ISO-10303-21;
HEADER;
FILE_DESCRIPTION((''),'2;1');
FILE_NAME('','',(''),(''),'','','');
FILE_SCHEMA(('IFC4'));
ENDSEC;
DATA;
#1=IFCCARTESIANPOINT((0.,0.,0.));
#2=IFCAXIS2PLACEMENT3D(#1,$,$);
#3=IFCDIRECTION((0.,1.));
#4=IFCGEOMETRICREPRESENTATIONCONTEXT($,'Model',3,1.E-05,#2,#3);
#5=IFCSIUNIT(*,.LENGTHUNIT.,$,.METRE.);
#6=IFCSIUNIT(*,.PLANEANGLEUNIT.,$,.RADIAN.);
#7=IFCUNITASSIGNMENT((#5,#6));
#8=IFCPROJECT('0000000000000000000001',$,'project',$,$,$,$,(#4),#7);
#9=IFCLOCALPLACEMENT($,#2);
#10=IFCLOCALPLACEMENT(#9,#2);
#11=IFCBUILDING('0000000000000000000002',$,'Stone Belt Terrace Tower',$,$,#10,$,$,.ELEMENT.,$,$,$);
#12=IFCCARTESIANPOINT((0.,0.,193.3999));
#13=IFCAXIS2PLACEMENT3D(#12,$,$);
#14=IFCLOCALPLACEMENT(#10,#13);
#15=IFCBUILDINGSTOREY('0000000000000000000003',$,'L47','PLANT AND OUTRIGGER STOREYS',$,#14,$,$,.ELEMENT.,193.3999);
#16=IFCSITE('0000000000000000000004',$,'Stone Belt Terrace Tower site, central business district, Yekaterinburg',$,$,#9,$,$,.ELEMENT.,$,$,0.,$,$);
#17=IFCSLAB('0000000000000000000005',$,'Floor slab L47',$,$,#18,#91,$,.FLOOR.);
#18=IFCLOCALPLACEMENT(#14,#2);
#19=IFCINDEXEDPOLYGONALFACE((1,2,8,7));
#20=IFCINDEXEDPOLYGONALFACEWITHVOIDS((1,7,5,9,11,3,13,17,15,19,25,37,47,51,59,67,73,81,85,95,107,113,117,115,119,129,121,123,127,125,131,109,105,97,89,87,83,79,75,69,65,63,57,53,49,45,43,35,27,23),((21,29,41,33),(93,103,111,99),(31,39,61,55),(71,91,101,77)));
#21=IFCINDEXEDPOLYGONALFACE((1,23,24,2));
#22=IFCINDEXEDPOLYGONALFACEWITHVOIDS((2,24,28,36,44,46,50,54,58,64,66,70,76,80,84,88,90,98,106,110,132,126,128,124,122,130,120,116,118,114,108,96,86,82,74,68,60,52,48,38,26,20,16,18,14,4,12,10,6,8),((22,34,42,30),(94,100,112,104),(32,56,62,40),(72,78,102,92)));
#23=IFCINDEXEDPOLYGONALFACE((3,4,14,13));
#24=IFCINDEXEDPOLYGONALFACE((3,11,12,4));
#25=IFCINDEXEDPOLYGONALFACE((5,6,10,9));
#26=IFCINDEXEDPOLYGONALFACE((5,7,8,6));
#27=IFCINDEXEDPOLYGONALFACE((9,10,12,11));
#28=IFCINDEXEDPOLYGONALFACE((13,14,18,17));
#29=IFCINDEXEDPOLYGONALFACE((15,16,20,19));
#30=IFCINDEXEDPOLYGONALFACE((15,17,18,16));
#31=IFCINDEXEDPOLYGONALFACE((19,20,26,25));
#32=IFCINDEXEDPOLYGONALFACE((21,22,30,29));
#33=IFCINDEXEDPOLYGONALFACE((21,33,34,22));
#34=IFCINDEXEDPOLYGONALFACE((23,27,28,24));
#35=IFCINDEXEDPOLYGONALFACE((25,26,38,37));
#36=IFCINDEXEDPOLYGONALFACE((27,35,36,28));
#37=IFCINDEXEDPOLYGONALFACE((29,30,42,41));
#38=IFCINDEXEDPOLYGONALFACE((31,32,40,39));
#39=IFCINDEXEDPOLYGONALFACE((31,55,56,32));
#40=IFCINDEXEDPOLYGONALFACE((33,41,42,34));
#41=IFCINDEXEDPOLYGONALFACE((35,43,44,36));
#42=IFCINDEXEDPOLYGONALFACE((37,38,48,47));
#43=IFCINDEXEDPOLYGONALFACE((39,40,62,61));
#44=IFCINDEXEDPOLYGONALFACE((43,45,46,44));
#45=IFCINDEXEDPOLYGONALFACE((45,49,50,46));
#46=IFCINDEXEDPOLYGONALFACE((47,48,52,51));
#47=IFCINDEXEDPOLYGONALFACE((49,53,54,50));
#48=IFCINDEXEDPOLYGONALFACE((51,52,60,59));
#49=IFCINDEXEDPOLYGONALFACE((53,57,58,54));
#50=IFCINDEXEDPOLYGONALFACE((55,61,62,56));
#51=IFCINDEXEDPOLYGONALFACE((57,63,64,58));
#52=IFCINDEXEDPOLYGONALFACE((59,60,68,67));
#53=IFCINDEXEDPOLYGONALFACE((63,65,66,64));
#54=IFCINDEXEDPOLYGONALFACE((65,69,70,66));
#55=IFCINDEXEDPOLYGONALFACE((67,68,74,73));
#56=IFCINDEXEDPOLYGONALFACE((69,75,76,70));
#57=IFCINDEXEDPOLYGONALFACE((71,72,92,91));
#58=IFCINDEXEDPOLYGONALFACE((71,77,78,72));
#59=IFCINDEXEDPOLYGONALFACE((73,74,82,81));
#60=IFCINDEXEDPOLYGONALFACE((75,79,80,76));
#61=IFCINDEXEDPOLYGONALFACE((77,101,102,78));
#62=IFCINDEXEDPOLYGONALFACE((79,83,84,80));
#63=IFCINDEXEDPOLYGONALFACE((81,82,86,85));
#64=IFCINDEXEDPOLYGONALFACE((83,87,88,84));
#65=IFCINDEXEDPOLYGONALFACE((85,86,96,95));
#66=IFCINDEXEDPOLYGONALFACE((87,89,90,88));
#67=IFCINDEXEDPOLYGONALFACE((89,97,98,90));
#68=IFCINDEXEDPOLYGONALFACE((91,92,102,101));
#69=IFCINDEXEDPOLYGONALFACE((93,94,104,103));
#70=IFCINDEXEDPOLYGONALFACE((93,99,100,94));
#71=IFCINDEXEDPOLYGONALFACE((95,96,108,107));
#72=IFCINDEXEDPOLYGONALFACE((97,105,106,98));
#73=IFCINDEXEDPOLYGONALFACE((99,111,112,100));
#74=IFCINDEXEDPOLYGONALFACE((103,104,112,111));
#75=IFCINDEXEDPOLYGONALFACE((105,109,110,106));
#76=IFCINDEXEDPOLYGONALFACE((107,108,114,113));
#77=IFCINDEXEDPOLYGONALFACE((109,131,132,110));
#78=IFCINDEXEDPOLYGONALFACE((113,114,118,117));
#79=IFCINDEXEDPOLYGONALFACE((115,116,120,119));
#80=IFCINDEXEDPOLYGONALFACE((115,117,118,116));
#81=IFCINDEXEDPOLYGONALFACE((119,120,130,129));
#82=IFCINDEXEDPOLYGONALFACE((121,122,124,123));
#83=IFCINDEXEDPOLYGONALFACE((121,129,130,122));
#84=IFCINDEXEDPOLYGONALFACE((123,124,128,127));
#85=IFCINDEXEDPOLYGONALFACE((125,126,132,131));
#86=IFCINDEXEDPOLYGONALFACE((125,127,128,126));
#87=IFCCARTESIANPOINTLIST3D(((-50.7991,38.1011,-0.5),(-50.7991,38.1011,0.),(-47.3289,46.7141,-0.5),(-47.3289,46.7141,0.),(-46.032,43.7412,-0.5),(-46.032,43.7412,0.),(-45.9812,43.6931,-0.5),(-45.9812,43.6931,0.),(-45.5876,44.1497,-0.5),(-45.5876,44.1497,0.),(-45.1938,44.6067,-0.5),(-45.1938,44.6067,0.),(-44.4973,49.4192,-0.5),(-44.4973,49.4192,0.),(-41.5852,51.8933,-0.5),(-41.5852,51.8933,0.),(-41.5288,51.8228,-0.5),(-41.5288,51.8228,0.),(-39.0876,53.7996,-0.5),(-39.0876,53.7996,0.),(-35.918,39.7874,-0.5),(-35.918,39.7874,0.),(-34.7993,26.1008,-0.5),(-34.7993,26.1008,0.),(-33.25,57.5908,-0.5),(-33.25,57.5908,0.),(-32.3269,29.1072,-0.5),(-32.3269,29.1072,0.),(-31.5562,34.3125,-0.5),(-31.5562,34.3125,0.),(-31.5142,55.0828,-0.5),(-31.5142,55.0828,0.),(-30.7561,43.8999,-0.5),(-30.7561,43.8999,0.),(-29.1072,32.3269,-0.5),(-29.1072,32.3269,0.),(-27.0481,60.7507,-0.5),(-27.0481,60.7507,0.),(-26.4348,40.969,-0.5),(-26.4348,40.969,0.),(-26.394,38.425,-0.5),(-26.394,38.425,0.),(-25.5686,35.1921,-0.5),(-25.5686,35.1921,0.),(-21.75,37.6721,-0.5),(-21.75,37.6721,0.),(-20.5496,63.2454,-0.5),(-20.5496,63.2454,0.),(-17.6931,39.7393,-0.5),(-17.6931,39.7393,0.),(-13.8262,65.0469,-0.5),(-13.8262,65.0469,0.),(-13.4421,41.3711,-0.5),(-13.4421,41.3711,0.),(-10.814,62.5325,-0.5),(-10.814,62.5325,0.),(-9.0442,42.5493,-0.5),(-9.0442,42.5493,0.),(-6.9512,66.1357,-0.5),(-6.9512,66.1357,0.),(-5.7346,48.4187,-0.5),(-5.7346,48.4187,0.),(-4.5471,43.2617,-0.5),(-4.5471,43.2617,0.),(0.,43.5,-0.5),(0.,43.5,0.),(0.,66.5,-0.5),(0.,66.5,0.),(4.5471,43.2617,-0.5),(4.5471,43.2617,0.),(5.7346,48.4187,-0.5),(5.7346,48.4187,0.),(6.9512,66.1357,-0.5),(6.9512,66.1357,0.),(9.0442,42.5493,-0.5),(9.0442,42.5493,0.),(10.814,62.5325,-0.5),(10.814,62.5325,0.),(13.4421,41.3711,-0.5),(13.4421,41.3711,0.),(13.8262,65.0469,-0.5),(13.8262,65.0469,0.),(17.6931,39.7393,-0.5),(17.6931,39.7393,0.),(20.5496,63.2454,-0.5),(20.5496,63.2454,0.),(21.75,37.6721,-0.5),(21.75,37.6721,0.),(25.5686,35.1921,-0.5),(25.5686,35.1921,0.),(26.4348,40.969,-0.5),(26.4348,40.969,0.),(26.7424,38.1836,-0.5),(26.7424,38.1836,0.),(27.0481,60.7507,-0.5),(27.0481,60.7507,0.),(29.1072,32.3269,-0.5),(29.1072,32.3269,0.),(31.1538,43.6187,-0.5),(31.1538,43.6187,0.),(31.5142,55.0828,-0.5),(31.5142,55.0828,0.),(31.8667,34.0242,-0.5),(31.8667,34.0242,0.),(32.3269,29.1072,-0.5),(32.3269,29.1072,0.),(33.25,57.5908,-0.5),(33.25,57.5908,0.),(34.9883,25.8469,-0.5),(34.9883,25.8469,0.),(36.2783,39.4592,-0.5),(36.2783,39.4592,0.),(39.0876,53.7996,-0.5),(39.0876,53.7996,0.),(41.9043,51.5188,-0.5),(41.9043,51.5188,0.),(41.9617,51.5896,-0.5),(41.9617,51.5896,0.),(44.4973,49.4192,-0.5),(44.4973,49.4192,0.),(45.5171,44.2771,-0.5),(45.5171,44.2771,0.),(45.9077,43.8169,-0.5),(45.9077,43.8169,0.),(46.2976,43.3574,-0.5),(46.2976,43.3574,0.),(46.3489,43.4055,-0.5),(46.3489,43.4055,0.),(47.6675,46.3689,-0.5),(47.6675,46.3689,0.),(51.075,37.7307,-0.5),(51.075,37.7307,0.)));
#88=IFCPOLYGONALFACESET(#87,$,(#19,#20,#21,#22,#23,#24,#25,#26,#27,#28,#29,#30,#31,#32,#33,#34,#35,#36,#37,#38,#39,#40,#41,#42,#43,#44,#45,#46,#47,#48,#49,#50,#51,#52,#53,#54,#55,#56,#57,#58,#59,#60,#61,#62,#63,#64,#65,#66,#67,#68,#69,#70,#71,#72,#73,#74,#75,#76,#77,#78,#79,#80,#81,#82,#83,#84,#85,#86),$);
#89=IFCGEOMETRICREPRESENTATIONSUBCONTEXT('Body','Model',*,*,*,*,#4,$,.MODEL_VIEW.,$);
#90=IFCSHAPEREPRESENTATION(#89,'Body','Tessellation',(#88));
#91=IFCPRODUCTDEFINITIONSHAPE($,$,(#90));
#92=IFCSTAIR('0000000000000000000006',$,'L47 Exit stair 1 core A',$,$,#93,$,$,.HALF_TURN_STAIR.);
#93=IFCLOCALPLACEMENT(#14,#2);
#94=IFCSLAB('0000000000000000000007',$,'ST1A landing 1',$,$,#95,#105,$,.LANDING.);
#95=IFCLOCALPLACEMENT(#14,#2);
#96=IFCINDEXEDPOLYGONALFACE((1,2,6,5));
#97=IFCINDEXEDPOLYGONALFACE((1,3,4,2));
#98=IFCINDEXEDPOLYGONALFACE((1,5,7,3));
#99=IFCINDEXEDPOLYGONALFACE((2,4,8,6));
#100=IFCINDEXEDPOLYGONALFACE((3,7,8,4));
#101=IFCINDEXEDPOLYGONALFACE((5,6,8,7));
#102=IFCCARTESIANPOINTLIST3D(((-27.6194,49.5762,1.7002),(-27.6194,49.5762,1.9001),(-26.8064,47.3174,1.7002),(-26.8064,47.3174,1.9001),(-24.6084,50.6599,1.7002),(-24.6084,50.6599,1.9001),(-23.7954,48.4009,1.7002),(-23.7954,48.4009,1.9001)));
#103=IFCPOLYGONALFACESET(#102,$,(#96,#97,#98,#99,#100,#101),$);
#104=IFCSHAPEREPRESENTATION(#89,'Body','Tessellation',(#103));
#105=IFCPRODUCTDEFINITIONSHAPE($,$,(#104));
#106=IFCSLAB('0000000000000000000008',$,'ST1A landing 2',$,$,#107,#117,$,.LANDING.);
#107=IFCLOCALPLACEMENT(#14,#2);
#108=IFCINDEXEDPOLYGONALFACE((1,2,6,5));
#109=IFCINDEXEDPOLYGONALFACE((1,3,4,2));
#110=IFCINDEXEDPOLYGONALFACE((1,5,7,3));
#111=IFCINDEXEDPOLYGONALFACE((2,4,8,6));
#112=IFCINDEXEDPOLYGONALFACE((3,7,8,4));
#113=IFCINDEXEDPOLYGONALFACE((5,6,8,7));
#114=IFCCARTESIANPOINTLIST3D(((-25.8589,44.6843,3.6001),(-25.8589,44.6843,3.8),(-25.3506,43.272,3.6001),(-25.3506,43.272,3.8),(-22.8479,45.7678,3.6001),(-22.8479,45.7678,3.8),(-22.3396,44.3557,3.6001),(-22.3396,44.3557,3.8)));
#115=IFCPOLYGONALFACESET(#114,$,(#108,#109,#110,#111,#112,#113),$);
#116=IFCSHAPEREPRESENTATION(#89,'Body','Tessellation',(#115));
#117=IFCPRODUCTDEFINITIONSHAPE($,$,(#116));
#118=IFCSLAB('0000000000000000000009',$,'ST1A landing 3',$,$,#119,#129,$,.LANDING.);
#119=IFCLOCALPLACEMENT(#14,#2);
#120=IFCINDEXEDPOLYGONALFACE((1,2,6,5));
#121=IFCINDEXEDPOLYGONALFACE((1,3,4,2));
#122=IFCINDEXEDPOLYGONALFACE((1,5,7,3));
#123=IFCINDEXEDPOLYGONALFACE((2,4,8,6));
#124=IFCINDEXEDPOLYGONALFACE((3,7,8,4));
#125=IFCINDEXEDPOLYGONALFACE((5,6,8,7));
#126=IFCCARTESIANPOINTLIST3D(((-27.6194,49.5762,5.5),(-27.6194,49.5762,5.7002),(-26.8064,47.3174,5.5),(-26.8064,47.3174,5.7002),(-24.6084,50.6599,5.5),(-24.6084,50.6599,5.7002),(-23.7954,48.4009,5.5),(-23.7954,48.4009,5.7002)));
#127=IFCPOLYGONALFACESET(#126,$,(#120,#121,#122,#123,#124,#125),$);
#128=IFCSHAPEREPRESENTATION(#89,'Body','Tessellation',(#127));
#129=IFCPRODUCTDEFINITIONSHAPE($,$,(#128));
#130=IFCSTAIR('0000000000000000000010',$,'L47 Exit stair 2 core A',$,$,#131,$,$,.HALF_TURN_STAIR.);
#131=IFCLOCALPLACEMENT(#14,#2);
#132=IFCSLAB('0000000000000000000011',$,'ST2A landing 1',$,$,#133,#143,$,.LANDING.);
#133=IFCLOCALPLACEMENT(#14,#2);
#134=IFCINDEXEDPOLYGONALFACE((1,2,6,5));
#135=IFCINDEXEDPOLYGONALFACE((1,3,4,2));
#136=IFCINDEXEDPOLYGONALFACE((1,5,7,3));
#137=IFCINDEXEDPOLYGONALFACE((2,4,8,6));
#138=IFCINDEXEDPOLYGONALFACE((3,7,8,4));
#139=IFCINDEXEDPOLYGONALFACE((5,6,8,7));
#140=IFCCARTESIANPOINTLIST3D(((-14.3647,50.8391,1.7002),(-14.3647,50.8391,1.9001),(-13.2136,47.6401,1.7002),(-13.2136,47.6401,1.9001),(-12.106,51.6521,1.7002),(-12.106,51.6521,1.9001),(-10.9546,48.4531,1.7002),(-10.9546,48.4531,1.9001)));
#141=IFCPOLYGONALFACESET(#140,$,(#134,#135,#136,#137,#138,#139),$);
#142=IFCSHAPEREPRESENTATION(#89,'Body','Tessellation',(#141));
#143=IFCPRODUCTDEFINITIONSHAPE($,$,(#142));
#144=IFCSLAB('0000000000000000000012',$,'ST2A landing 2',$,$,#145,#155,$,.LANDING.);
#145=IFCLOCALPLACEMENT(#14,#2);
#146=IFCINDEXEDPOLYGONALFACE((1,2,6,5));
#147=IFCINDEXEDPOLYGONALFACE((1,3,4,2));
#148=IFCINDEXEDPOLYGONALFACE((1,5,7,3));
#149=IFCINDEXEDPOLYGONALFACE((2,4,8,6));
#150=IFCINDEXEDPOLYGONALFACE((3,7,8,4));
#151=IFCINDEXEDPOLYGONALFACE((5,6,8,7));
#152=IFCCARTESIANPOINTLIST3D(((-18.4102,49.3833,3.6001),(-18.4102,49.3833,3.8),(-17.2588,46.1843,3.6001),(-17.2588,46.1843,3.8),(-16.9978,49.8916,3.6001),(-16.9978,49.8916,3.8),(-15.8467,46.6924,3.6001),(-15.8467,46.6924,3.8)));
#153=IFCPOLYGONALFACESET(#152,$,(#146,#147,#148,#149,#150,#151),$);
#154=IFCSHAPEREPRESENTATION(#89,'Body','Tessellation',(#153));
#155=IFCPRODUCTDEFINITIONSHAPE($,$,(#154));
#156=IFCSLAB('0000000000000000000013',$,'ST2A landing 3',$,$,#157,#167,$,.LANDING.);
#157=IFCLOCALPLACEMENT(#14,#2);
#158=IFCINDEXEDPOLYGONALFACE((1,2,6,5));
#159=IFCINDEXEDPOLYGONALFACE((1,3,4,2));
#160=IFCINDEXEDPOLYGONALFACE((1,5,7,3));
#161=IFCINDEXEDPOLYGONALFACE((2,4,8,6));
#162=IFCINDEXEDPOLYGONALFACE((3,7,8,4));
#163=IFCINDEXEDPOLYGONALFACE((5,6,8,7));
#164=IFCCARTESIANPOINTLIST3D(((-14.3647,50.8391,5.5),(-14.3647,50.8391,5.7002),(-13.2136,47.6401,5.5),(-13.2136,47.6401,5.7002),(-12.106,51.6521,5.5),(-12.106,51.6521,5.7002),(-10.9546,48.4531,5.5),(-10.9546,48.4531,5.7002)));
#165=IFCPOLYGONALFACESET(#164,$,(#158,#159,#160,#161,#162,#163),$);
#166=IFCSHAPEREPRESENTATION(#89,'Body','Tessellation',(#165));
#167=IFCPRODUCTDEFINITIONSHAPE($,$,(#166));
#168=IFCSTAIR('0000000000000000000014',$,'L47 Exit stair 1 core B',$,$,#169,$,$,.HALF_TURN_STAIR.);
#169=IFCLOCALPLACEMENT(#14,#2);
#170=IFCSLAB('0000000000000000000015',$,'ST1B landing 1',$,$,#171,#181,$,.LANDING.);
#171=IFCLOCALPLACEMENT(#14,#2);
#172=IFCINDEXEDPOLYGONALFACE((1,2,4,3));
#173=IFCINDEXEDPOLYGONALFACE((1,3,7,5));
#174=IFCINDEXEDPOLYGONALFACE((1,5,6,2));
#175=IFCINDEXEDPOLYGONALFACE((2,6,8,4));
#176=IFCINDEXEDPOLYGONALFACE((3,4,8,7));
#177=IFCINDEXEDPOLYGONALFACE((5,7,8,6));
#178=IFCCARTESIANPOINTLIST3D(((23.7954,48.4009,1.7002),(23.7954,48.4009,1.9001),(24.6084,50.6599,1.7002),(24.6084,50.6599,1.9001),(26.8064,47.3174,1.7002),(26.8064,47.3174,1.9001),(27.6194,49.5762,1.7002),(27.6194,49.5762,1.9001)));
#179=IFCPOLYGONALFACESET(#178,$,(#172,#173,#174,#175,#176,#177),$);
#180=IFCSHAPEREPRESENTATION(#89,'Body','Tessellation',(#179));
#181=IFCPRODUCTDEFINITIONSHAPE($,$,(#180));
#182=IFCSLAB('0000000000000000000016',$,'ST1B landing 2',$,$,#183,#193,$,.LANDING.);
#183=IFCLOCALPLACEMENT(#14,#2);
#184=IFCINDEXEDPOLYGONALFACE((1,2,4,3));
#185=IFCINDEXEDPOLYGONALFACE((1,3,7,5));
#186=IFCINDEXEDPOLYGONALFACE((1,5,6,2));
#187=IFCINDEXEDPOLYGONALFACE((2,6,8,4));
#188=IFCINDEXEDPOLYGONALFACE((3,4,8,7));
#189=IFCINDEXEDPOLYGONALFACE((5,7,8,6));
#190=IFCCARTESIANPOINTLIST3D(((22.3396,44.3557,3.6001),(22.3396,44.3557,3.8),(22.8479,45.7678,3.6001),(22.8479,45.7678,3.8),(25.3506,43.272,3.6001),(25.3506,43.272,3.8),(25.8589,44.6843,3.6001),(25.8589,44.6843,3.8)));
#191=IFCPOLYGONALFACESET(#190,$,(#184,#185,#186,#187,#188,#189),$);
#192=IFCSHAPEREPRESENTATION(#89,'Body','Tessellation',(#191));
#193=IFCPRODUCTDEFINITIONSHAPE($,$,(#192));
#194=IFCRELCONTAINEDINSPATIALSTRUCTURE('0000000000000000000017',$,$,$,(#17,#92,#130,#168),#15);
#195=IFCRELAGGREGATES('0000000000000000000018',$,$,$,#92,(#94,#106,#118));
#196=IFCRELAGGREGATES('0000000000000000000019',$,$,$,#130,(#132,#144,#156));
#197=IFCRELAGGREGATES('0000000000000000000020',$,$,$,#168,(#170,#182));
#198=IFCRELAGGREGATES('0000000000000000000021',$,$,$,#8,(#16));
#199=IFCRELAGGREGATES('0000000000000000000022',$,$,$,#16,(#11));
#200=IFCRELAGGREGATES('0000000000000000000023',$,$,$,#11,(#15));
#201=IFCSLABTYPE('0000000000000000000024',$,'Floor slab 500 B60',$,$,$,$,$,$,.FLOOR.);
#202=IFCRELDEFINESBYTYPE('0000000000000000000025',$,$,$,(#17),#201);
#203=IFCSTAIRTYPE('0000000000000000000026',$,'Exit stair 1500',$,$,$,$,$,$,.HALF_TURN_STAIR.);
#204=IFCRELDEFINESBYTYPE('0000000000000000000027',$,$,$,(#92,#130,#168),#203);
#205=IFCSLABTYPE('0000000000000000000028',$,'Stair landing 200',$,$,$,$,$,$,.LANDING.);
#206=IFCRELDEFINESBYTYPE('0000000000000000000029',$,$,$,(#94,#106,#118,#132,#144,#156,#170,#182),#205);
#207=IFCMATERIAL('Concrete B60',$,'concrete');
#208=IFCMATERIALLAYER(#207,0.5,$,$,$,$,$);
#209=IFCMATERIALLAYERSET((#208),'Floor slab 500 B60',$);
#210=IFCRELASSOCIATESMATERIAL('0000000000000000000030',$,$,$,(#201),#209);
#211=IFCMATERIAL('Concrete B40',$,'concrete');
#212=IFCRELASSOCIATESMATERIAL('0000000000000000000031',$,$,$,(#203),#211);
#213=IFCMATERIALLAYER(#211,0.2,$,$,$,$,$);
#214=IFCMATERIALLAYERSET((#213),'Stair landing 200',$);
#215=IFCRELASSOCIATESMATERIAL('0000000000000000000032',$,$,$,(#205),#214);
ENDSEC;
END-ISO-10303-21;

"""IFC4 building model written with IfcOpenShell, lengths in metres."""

from ifc_helpers import new_model, si_unit, direction, frame, origin, place, context, subcontext, project, spatial, polyline, outline, extrude, material, layer, layer_set, type_object, element, aggregate, save


model = new_model("IFC4")

# Units and contexts
model_context = context("Model", 3, precision=1e-05, world=origin(), true_north=direction((0.0, 1.0)))
body_context = subcontext(model_context, "Body", "Model", "MODEL_VIEW")
ifc_project = project(units=[si_unit("LENGTHUNIT", "METRE"), si_unit("PLANEANGLEUNIT", "RADIAN")], contexts=[model_context])

# Site, building, storey
site_placement = place(None, origin())
site = spatial("IfcSite", under=ifc_project, at=site_placement, Name="Stone Belt Terrace Tower site, central business district, Yekaterinburg", CompositionType="ELEMENT", RefElevation=0.0)
building_placement = place(site_placement, origin())
building = spatial("IfcBuilding", under=site, at=building_placement, Name="Stone Belt Terrace Tower", CompositionType="ELEMENT")
storey_placement = place(building_placement, frame((0.0, 0.0, 193.3999)))
storey = spatial("IfcBuildingStorey", under=building, at=storey_placement, Name="L47", Description="PLANT AND OUTRIGGER STOREYS", CompositionType="ELEMENT", Elevation=193.3999)

# Slab
ifc_material_1 = material(Name="Concrete B60", Category="concrete")
ifc_layer_1 = layer(ifc_material_1, 0.5)
ifc_layer_set_1 = layer_set([ifc_layer_1], Name="Floor slab 500 B60")
slab_type_1 = type_object("IfcSlabType", Name="Floor slab 500 B60", PredefinedType="FLOOR", material=ifc_layer_set_1)
slab_1_placement = place(storey_placement, frame((0.0, 0.0, -0.5)))
element("IfcSlab", 1, at=slab_1_placement, inside=storey, type_object=slab_type_1, Name="Floor slab L47", PredefinedType="FLOOR", context=body_context, shape_type="SweptSolid", body=[
    extrude(outline(polyline([(-45.9812, 43.6931), (-46.032, 43.7412), (-45.5876, 44.1497), (-45.1938, 44.6067), (-47.3289, 46.7141), (-44.4973, 49.4192), (-41.5288, 51.8228), (-41.5852, 51.8933), (-39.0876, 53.7996), (-33.25, 57.5908), (-27.0481, 60.7507), (-20.5496, 63.2454), (-13.8262, 65.0469), (-6.9512, 66.1357), (0.0, 66.5), (6.9512, 66.1357), (13.8262, 65.0469), (20.5496, 63.2454), (27.0481, 60.7507), (33.25, 57.5908), (39.0876, 53.7996), (41.9617, 51.5896), (41.9043, 51.5188), (44.4973, 49.4192), (47.6675, 46.3689), (45.5171, 44.2771), (45.9077, 43.8169), (46.3489, 43.4055), (46.2976, 43.3574), (51.075, 37.7307), (34.9883, 25.8469), (32.3269, 29.1072), (29.1072, 32.3269), (25.5686, 35.1921), (21.75, 37.6721), (17.6931, 39.7393), (13.4421, 41.3711), (9.0442, 42.5493), (4.5471, 43.2617), (0.0, 43.5), (-4.5471, 43.2617), (-9.0442, 42.5493), (-13.4421, 41.3711), (-17.6931, 39.7393), (-21.75, 37.6721), (-25.5686, 35.1921), (-29.1072, 32.3269), (-32.3269, 29.1072), (-34.7993, 26.1008), (-50.7991, 38.1011), (-45.9812, 43.6931)]), holes=[polyline([(-26.4348, 40.969), (-5.7346, 48.4187), (-10.814, 62.5325), (-31.5142, 55.0828), (-26.4348, 40.969)]), polyline([(10.814, 62.5325), (5.7346, 48.4187), (26.4348, 40.969), (31.5142, 55.0828), (10.814, 62.5325)]), polyline([(-35.918, 39.7874), (-31.5562, 34.3125), (-26.394, 38.425), (-30.7561, 43.8999), (-35.918, 39.7874)]), polyline([(36.2783, 39.4592), (31.1538, 43.6187), (26.7424, 38.1836), (31.8667, 34.0242), (36.2783, 39.4592)])]), origin(), (0.0, 0.0, 1.0), 0.5),
])

# Stairs, slabs
ifc_material_2 = material(Name="Concrete B40", Category="concrete")
stair_type = type_object("IfcStairType", Name="Exit stair 1500", PredefinedType="HALF_TURN_STAIR", material=ifc_material_2)
stair_1_placement = place(storey_placement, origin())
stair_1 = element("IfcStair", 2, at=stair_1_placement, inside=storey, type_object=stair_type, Name="L47 Exit stair 1 core A", PredefinedType="HALF_TURN_STAIR")
ifc_layer_2 = layer(ifc_material_2, 0.2)
ifc_layer_set_2 = layer_set([ifc_layer_2], Name="Stair landing 200")
slab_type_2 = type_object("IfcSlabType", Name="Stair landing 200", PredefinedType="LANDING", material=ifc_layer_set_2)
slab_2_placement = place(storey_placement, frame((0.0, 0.0, 1.7002)))
slab_2 = element("IfcSlab", 3, at=slab_2_placement, type_object=slab_type_2, Name="ST1A landing 1", PredefinedType="LANDING", context=body_context, shape_type="SweptSolid", body=[
    extrude(outline(polyline([(-23.7954, 48.4009), (-24.6084, 50.6599), (-27.6194, 49.5762), (-26.8064, 47.3174), (-23.7954, 48.4009)])), origin(), (0.0, 0.0, 1.0), 0.2),
])
slab_3_placement = place(storey_placement, frame((0.0, 0.0, 3.6001)))
slab_3 = element("IfcSlab", 4, at=slab_3_placement, type_object=slab_type_2, Name="ST1A landing 2", PredefinedType="LANDING", context=body_context, shape_type="SweptSolid", body=[
    extrude(outline(polyline([(-22.3396, 44.3557), (-22.8479, 45.7678), (-25.8589, 44.6843), (-25.3506, 43.272), (-22.3396, 44.3557)])), origin(), (0.0, 0.0, 1.0), 0.2),
])
slab_4_placement = place(storey_placement, frame((0.0, 0.0, 5.5)))
slab_4 = element("IfcSlab", 5, at=slab_4_placement, type_object=slab_type_2, Name="ST1A landing 3", PredefinedType="LANDING", context=body_context, shape_type="SweptSolid", body=[
    extrude(outline(polyline([(-23.7954, 48.4009), (-24.6084, 50.6599), (-27.6194, 49.5762), (-26.8064, 47.3174), (-23.7954, 48.4009)])), origin(), (0.0, 0.0, 1.0), 0.2002),
])
aggregate(stair_1, [slab_2, slab_3, slab_4])
stair_2_placement = place(storey_placement, origin())
stair_2 = element("IfcStair", 6, at=stair_2_placement, inside=storey, type_object=stair_type, Name="L47 Exit stair 2 core A", PredefinedType="HALF_TURN_STAIR")
slab_5_placement = place(storey_placement, frame((0.0, 0.0, 1.7002)))
slab_5 = element("IfcSlab", 7, at=slab_5_placement, type_object=slab_type_2, Name="ST2A landing 1", PredefinedType="LANDING", context=body_context, shape_type="SweptSolid", body=[
    extrude(outline(polyline([(-13.2136, 47.6401), (-10.9546, 48.4531), (-12.106, 51.6521), (-14.3647, 50.8391), (-13.2136, 47.6401)])), origin(), (0.0, 0.0, 1.0), 0.2),
])
slab_6_placement = place(storey_placement, frame((0.0, 0.0, 3.6001)))
slab_6 = element("IfcSlab", 8, at=slab_6_placement, type_object=slab_type_2, Name="ST2A landing 2", PredefinedType="LANDING", context=body_context, shape_type="SweptSolid", body=[
    extrude(outline(polyline([(-17.2588, 46.1843), (-15.8467, 46.6924), (-16.9978, 49.8916), (-18.4102, 49.3833), (-17.2588, 46.1843)])), origin(), (0.0, 0.0, 1.0), 0.2),
])
slab_7_placement = place(storey_placement, frame((0.0, 0.0, 5.5)))
slab_7 = element("IfcSlab", 9, at=slab_7_placement, type_object=slab_type_2, Name="ST2A landing 3", PredefinedType="LANDING", context=body_context, shape_type="SweptSolid", body=[
    extrude(outline(polyline([(-13.2136, 47.6401), (-10.9546, 48.4531), (-12.106, 51.6521), (-14.3647, 50.8391), (-13.2136, 47.6401)])), origin(), (0.0, 0.0, 1.0), 0.2002),
])
aggregate(stair_2, [slab_5, slab_6, slab_7])
stair_3_placement = place(storey_placement, origin())
stair_3 = element("IfcStair", 10, at=stair_3_placement, inside=storey, type_object=stair_type, Name="L47 Exit stair 1 core B", PredefinedType="HALF_TURN_STAIR")
slab_8_placement = place(storey_placement, frame((0.0, 0.0, 1.7002)))
slab_8 = element("IfcSlab", 11, at=slab_8_placement, type_object=slab_type_2, Name="ST1B landing 1", PredefinedType="LANDING", context=body_context, shape_type="SweptSolid", body=[
    extrude(outline(polyline([(26.8064, 47.3174), (27.6194, 49.5762), (24.6084, 50.6599), (23.7954, 48.4009), (26.8064, 47.3174)])), origin(), (0.0, 0.0, 1.0), 0.2),
])
slab_9_placement = place(storey_placement, frame((0.0, 0.0, 3.6001)))
slab_9 = element("IfcSlab", 12, at=slab_9_placement, type_object=slab_type_2, Name="ST1B landing 2", PredefinedType="LANDING", context=body_context, shape_type="SweptSolid", body=[
    extrude(outline(polyline([(25.3506, 43.272), (25.8589, 44.6843), (22.8479, 45.7678), (22.3396, 44.3557), (25.3506, 43.272)])), origin(), (0.0, 0.0, 1.0), 0.2),
])
aggregate(stair_3, [slab_8, slab_9])

save(model, "model.ifc")
